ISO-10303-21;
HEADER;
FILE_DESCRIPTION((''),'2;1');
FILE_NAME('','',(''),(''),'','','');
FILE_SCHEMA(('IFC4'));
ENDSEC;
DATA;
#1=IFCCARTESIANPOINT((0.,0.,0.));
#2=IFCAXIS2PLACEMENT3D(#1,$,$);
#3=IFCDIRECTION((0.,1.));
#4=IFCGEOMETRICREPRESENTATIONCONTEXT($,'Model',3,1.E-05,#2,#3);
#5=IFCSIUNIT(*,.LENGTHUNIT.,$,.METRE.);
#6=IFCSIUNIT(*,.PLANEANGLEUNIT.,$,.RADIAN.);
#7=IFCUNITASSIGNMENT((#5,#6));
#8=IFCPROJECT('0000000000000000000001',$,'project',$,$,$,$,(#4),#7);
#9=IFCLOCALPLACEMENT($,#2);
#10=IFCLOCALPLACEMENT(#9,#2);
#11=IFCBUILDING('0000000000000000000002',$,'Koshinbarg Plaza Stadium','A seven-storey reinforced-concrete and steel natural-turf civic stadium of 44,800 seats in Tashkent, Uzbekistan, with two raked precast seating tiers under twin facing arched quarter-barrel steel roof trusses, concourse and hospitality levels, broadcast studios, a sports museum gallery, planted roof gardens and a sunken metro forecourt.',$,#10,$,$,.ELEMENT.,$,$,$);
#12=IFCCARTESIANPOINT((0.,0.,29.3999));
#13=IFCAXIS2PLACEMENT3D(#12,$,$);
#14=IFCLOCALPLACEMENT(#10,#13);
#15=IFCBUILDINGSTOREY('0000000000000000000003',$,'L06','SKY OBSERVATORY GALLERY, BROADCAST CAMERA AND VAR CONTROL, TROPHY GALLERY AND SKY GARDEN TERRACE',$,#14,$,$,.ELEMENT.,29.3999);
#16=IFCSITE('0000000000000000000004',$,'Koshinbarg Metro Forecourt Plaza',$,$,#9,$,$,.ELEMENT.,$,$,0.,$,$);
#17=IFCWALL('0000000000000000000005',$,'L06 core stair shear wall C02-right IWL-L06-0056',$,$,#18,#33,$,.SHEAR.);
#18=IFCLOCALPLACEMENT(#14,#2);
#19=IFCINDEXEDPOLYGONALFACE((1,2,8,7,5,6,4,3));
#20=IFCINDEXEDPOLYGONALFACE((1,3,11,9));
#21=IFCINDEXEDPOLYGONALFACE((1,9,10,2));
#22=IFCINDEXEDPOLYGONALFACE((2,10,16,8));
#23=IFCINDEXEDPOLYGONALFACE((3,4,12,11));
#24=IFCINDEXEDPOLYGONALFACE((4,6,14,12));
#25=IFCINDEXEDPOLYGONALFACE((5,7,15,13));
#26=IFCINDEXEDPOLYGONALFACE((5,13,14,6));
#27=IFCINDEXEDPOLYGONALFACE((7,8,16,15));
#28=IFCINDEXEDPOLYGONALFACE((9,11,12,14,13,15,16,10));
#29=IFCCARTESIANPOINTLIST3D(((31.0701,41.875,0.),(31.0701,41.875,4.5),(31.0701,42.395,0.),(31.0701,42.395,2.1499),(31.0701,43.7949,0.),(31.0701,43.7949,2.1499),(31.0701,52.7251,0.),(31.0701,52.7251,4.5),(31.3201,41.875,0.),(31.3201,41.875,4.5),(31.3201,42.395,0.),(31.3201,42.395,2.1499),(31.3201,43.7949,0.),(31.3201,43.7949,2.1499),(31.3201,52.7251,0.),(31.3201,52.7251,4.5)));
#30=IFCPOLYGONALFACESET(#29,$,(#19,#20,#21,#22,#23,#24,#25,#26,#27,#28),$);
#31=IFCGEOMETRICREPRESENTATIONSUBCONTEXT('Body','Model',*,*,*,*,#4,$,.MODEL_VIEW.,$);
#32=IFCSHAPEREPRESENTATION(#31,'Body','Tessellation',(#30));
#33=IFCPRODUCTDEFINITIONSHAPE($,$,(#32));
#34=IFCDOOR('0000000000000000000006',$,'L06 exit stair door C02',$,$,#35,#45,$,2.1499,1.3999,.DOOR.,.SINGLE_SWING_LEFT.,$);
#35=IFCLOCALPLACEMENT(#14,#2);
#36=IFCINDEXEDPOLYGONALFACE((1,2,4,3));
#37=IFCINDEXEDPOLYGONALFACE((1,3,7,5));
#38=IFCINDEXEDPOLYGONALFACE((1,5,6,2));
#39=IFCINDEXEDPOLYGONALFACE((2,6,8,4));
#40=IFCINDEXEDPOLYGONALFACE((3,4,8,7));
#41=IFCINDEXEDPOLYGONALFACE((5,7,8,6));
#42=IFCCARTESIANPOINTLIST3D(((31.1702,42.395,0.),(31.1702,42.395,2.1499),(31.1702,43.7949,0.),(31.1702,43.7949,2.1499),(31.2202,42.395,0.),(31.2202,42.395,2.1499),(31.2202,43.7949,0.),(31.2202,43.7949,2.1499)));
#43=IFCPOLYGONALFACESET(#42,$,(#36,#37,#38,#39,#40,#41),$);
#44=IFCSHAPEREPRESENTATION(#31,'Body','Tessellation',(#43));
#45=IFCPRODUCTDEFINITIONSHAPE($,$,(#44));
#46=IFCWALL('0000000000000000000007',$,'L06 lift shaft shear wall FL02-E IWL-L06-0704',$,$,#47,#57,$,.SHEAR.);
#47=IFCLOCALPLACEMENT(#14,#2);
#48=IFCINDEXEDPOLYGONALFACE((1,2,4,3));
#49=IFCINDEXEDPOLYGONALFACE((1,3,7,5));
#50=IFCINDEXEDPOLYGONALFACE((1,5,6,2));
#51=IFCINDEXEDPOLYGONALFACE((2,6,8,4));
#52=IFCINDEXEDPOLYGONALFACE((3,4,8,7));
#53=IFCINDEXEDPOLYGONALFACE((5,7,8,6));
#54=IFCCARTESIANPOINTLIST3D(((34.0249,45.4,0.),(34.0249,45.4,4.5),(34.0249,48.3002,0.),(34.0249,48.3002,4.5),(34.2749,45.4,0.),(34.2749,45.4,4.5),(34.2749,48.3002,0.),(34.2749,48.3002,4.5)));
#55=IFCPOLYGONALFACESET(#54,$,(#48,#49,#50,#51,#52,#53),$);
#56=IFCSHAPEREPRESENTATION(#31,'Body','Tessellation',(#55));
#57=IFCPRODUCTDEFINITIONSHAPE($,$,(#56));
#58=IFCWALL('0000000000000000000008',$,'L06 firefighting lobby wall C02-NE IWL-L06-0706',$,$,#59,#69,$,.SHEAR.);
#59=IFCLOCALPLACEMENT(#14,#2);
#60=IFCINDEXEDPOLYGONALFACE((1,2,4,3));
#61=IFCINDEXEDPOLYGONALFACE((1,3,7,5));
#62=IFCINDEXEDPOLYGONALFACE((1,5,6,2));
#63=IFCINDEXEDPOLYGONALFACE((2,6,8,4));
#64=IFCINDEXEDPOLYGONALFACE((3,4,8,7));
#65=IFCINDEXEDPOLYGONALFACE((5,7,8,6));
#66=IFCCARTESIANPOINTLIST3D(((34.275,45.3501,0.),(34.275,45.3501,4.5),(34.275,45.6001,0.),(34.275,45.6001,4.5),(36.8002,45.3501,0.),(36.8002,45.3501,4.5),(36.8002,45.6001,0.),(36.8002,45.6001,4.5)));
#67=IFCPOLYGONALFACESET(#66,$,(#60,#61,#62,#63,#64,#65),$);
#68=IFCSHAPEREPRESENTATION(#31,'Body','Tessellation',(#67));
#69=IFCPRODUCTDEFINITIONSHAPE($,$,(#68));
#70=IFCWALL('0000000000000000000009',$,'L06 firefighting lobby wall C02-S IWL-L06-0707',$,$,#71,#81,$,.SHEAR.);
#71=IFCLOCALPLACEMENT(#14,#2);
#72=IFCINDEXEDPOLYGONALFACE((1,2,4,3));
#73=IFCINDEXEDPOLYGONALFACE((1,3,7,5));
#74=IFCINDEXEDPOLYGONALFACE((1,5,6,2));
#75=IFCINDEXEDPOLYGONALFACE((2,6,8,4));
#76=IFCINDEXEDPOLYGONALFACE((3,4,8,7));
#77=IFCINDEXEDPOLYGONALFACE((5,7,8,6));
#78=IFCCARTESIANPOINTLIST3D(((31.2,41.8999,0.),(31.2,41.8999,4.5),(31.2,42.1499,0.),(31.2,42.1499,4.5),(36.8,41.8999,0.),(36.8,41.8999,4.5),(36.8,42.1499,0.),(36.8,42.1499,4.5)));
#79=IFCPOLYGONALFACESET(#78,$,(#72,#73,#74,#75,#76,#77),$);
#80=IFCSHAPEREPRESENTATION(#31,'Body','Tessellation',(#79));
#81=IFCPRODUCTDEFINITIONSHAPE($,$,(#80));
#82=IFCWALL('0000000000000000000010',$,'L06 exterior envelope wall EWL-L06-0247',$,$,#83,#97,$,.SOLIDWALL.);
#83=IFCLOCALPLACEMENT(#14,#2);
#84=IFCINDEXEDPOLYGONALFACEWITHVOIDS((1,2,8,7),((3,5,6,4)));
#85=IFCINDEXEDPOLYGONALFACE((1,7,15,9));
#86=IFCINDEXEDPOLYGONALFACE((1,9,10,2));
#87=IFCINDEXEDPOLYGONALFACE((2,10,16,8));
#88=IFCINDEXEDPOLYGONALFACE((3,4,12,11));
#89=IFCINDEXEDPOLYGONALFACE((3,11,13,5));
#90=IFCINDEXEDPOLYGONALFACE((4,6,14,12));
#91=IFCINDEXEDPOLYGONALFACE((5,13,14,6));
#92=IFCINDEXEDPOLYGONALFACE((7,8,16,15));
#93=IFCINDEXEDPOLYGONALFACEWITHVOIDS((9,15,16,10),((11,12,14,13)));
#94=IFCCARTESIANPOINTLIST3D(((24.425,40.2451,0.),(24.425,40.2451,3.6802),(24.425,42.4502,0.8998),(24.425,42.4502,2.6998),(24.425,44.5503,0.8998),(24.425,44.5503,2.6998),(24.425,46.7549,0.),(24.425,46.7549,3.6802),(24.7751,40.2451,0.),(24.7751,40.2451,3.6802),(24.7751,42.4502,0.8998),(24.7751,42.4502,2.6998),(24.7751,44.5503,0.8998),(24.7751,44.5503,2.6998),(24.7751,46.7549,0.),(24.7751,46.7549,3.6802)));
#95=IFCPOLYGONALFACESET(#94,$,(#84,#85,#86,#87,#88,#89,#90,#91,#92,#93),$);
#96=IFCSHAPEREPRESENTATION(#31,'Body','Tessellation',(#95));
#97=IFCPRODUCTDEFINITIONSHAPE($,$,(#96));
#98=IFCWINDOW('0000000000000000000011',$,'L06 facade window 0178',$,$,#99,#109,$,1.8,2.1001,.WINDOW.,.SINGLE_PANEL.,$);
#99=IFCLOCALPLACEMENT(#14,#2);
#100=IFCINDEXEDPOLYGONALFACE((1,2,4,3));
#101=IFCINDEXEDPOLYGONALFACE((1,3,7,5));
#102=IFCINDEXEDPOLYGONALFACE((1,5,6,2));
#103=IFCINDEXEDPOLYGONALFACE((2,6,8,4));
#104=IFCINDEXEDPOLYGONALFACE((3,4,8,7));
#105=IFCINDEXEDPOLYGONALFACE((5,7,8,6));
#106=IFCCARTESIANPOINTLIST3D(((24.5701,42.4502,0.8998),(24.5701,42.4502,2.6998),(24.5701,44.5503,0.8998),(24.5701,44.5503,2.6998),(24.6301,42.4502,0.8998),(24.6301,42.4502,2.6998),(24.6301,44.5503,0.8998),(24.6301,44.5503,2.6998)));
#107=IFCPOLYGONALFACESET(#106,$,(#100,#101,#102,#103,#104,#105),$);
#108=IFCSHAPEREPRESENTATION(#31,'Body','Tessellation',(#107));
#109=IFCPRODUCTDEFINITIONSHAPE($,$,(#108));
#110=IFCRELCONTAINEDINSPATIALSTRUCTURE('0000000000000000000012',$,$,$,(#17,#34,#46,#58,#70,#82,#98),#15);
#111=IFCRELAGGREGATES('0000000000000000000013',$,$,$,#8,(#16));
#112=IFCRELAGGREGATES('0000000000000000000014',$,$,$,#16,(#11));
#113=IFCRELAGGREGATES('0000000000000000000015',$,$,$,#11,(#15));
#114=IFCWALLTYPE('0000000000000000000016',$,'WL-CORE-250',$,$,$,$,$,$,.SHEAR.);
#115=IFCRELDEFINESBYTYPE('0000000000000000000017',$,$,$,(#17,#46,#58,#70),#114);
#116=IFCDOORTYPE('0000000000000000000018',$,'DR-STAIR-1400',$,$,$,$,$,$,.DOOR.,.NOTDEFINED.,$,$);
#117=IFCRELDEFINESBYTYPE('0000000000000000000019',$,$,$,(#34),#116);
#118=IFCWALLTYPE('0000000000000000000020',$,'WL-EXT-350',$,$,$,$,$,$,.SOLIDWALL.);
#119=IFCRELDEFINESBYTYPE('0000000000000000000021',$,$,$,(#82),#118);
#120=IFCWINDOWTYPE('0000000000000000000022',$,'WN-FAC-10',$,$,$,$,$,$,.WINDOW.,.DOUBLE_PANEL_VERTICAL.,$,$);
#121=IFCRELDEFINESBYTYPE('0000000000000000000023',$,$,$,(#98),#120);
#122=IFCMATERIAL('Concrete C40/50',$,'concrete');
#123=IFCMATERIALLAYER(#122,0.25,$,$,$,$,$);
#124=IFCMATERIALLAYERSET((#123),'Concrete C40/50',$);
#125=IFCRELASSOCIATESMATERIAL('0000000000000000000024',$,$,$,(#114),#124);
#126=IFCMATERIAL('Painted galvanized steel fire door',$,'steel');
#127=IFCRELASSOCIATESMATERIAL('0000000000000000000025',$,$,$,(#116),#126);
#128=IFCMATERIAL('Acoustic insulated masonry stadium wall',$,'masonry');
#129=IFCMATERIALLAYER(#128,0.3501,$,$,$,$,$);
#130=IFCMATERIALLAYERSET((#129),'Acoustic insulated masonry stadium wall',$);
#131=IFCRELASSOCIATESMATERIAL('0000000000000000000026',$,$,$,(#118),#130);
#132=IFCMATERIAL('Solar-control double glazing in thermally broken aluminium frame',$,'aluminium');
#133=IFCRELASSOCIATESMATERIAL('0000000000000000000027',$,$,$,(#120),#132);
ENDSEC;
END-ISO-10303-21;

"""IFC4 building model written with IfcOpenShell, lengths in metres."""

from ifc_helpers import new_model, si_unit, direction, frame, frame_2d, origin, place, context, subcontext, project, spatial, rectangle, extrude, material, layer, layer_set, type_object, element, fill, save


model = new_model("IFC4")

# Units and contexts
model_context = context("Model", 3, precision=1e-05, world=origin(), true_north=direction((0.0, 1.0)))
body_context = subcontext(model_context, "Body", "Model", "MODEL_VIEW")
ifc_project = project(units=[si_unit("LENGTHUNIT", "METRE"), si_unit("PLANEANGLEUNIT", "RADIAN")], contexts=[model_context])

# Site, building, storey
site_placement = place(None, origin())
site = spatial("IfcSite", under=ifc_project, at=site_placement, Name="Koshinbarg Metro Forecourt Plaza", CompositionType="ELEMENT", RefElevation=0.0)
building_placement = place(site_placement, origin())
building = spatial("IfcBuilding", under=site, at=building_placement, Name="Koshinbarg Plaza Stadium", Description="A seven-storey reinforced-concrete and steel natural-turf civic stadium of 44,800 seats in Tashkent, Uzbekistan, with two raked precast seating tiers under twin facing arched quarter-barrel steel roof trusses, concourse and hospitality levels, broadcast studios, a sports museum gallery, planted roof gardens and a sunken metro forecourt.", CompositionType="ELEMENT")
storey_placement = place(building_placement, frame((0.0, 0.0, 29.3999)))
storey = spatial("IfcBuildingStorey", under=building, at=storey_placement, Name="L06", Description="SKY OBSERVATORY GALLERY, BROADCAST CAMERA AND VAR CONTROL, TROPHY GALLERY AND SKY GARDEN TERRACE", CompositionType="ELEMENT", Elevation=29.3999)

# Shared definitions
ifc_material_1 = material(Name="Concrete C40/50", Category="concrete")

# Shared definitions
ifc_layer_1 = layer(ifc_material_1, 0.25)
ifc_layer_set_1 = layer_set([ifc_layer_1], Name="Concrete C40/50")
wall_type_1 = type_object("IfcWallType", Name="WL-CORE-250", PredefinedType="SHEAR", material=ifc_layer_set_1)

# Wall, opening, door
wall_1_placement = place(storey_placement, frame((31.1951, 41.875, 0.0), z_axis=(0.0, 0.0, 1.0), x_axis=(0.0, 1.0, 0.0)))
wall_1 = element("IfcWall", 1, at=wall_1_placement, inside=storey, type_object=wall_type_1, Name="L06 core stair shear wall C02-right IWL-L06-0056", PredefinedType="SHEAR", context=body_context, shape_type="SweptSolid", body=[
    extrude(rectangle(XDim=10.8501, YDim=0.25, at=frame_2d((5.425, 0.0))), origin(), (0.0, 0.0, 1.0), 4.5),
])
opening_1_placement = place(wall_1_placement, frame((0.52, 0.0, 0.0)))
opening_1 = element("IfcOpeningElement", 2, at=opening_1_placement, cuts=wall_1, PredefinedType="OPENING", context=body_context, shape_type="SweptSolid", body=[
    extrude(rectangle(XDim=1.3999, YDim=2.1499, at=frame_2d((0.7, 1.075))), frame((0.0, 0.135, 0.0), z_axis=(0.0, -1.0, 0.0), x_axis=(1.0, 0.0, 0.0)), (0.0, 0.0, 1.0), 0.27),
])
ifc_material_2 = material(Name="Painted galvanized steel fire door", Category="steel")
door_type_1 = type_object("IfcDoorType", Name="DR-STAIR-1400", OperationType="NOTDEFINED", PredefinedType="DOOR", material=ifc_material_2)
door_1_placement = place(opening_1_placement, origin())
door_1 = element("IfcDoor", 3, at=door_1_placement, inside=storey, type_object=door_type_1, Name="L06 exit stair door C02", OperationType="SINGLE_SWING_LEFT", OverallHeight=2.1499, OverallWidth=1.3999, PredefinedType="DOOR", context=body_context, shape_type="SweptSolid", body=[
    extrude(rectangle(XDim=1.3999, YDim=2.1499, at=frame_2d((0.7, 1.075))), frame((0.0, 0.0249, 0.0), z_axis=(0.0, -1.0, 0.0), x_axis=(1.0, 0.0, 0.0)), (0.0, 0.0, 1.0), 0.05),
])
fill(opening_1, door_1)

# Walls
wall_2_placement = place(storey_placement, frame((34.1499, 45.3999, 0.0), z_axis=(0.0, 0.0, 1.0), x_axis=(0.0, 1.0, 0.0)))
element("IfcWall", 4, at=wall_2_placement, inside=storey, type_object=wall_type_1, Name="L06 lift shaft shear wall FL02-E IWL-L06-0704", PredefinedType="SHEAR", context=body_context, shape_type="SweptSolid", body=[
    extrude(rectangle(XDim=2.9001, YDim=0.25, at=frame_2d((1.4502, 0.0))), origin(), (0.0, 0.0, 1.0), 4.5),
])
wall_3_placement = place(storey_placement, frame((34.2749, 45.4751, 0.0), z_axis=(0.0, 0.0, 1.0), x_axis=(1.0, 0.0, 0.0)))
element("IfcWall", 5, at=wall_3_placement, inside=storey, type_object=wall_type_1, Name="L06 firefighting lobby wall C02-NE IWL-L06-0706", PredefinedType="SHEAR", context=body_context, shape_type="SweptSolid", body=[
    extrude(rectangle(XDim=2.5251, YDim=0.25, at=frame_2d((1.2627, 0.0))), origin(), (0.0, 0.0, 1.0), 4.5),
])
wall_4_placement = place(storey_placement, frame((31.2, 42.0249, 0.0), z_axis=(0.0, 0.0, 1.0), x_axis=(1.0, 0.0, 0.0)))
element("IfcWall", 6, at=wall_4_placement, inside=storey, type_object=wall_type_1, Name="L06 firefighting lobby wall C02-S IWL-L06-0707", PredefinedType="SHEAR", context=body_context, shape_type="SweptSolid", body=[
    extrude(rectangle(XDim=5.6001, YDim=0.25, at=frame_2d((2.8, 0.0))), origin(), (0.0, 0.0, 1.0), 4.5),
])

# Wall, opening, window
ifc_material_3 = material(Name="Acoustic insulated masonry stadium wall", Category="masonry")
ifc_layer_2 = layer(ifc_material_3, 0.3501)
ifc_layer_set_2 = layer_set([ifc_layer_2], Name="Acoustic insulated masonry stadium wall")
wall_type_2 = type_object("IfcWallType", Name="WL-EXT-350", PredefinedType="SOLIDWALL", material=ifc_layer_set_2)
wall_5_placement = place(storey_placement, frame((24.6001, 40.2451, 0.0), z_axis=(0.0, 0.0, 1.0), x_axis=(0.0, 1.0, 0.0)))
wall_5 = element("IfcWall", 7, at=wall_5_placement, inside=storey, type_object=wall_type_2, Name="L06 exterior envelope wall EWL-L06-0247", PredefinedType="SOLIDWALL", context=body_context, shape_type="SweptSolid", body=[
    extrude(rectangle(XDim=6.5098, YDim=0.3501, at=frame_2d((3.2549, 0.0))), origin(), (0.0, 0.0, 1.0), 3.6802),
])
opening_2_placement = place(wall_5_placement, frame((2.2051, 0.0, 0.8999)))
opening_2 = element("IfcOpeningElement", 8, at=opening_2_placement, cuts=wall_5, PredefinedType="OPENING", context=body_context, shape_type="SweptSolid", body=[
    extrude(rectangle(XDim=2.1001, YDim=1.8, at=frame_2d((1.05, 0.8999))), frame((0.0, 0.1851, 0.0), z_axis=(0.0, -1.0, 0.0), x_axis=(1.0, 0.0, 0.0)), (0.0, 0.0, 1.0), 0.3701),
])
ifc_material_4 = material(Name="Solar-control double glazing in thermally broken aluminium frame", Category="aluminium")
window_type = type_object("IfcWindowType", Name="WN-FAC-10", PartitioningType="DOUBLE_PANEL_VERTICAL", PredefinedType="WINDOW", material=ifc_material_4)
window_placement = place(opening_2_placement, origin())
window = element("IfcWindow", 9, at=window_placement, inside=storey, type_object=window_type, Name="L06 facade window 0178", OverallHeight=1.8, OverallWidth=2.1001, PartitioningType="SINGLE_PANEL", PredefinedType="WINDOW", context=body_context, shape_type="SweptSolid", body=[
    extrude(rectangle(XDim=2.1001, YDim=1.8, at=frame_2d((1.05, 0.8999))), frame((0.0, 0.03, 0.0), z_axis=(0.0, -1.0, 0.0), x_axis=(1.0, 0.0, 0.0)), (0.0, 0.0, 1.0), 0.0601),
])
fill(opening_2, window)

save(model, "model.ifc")
